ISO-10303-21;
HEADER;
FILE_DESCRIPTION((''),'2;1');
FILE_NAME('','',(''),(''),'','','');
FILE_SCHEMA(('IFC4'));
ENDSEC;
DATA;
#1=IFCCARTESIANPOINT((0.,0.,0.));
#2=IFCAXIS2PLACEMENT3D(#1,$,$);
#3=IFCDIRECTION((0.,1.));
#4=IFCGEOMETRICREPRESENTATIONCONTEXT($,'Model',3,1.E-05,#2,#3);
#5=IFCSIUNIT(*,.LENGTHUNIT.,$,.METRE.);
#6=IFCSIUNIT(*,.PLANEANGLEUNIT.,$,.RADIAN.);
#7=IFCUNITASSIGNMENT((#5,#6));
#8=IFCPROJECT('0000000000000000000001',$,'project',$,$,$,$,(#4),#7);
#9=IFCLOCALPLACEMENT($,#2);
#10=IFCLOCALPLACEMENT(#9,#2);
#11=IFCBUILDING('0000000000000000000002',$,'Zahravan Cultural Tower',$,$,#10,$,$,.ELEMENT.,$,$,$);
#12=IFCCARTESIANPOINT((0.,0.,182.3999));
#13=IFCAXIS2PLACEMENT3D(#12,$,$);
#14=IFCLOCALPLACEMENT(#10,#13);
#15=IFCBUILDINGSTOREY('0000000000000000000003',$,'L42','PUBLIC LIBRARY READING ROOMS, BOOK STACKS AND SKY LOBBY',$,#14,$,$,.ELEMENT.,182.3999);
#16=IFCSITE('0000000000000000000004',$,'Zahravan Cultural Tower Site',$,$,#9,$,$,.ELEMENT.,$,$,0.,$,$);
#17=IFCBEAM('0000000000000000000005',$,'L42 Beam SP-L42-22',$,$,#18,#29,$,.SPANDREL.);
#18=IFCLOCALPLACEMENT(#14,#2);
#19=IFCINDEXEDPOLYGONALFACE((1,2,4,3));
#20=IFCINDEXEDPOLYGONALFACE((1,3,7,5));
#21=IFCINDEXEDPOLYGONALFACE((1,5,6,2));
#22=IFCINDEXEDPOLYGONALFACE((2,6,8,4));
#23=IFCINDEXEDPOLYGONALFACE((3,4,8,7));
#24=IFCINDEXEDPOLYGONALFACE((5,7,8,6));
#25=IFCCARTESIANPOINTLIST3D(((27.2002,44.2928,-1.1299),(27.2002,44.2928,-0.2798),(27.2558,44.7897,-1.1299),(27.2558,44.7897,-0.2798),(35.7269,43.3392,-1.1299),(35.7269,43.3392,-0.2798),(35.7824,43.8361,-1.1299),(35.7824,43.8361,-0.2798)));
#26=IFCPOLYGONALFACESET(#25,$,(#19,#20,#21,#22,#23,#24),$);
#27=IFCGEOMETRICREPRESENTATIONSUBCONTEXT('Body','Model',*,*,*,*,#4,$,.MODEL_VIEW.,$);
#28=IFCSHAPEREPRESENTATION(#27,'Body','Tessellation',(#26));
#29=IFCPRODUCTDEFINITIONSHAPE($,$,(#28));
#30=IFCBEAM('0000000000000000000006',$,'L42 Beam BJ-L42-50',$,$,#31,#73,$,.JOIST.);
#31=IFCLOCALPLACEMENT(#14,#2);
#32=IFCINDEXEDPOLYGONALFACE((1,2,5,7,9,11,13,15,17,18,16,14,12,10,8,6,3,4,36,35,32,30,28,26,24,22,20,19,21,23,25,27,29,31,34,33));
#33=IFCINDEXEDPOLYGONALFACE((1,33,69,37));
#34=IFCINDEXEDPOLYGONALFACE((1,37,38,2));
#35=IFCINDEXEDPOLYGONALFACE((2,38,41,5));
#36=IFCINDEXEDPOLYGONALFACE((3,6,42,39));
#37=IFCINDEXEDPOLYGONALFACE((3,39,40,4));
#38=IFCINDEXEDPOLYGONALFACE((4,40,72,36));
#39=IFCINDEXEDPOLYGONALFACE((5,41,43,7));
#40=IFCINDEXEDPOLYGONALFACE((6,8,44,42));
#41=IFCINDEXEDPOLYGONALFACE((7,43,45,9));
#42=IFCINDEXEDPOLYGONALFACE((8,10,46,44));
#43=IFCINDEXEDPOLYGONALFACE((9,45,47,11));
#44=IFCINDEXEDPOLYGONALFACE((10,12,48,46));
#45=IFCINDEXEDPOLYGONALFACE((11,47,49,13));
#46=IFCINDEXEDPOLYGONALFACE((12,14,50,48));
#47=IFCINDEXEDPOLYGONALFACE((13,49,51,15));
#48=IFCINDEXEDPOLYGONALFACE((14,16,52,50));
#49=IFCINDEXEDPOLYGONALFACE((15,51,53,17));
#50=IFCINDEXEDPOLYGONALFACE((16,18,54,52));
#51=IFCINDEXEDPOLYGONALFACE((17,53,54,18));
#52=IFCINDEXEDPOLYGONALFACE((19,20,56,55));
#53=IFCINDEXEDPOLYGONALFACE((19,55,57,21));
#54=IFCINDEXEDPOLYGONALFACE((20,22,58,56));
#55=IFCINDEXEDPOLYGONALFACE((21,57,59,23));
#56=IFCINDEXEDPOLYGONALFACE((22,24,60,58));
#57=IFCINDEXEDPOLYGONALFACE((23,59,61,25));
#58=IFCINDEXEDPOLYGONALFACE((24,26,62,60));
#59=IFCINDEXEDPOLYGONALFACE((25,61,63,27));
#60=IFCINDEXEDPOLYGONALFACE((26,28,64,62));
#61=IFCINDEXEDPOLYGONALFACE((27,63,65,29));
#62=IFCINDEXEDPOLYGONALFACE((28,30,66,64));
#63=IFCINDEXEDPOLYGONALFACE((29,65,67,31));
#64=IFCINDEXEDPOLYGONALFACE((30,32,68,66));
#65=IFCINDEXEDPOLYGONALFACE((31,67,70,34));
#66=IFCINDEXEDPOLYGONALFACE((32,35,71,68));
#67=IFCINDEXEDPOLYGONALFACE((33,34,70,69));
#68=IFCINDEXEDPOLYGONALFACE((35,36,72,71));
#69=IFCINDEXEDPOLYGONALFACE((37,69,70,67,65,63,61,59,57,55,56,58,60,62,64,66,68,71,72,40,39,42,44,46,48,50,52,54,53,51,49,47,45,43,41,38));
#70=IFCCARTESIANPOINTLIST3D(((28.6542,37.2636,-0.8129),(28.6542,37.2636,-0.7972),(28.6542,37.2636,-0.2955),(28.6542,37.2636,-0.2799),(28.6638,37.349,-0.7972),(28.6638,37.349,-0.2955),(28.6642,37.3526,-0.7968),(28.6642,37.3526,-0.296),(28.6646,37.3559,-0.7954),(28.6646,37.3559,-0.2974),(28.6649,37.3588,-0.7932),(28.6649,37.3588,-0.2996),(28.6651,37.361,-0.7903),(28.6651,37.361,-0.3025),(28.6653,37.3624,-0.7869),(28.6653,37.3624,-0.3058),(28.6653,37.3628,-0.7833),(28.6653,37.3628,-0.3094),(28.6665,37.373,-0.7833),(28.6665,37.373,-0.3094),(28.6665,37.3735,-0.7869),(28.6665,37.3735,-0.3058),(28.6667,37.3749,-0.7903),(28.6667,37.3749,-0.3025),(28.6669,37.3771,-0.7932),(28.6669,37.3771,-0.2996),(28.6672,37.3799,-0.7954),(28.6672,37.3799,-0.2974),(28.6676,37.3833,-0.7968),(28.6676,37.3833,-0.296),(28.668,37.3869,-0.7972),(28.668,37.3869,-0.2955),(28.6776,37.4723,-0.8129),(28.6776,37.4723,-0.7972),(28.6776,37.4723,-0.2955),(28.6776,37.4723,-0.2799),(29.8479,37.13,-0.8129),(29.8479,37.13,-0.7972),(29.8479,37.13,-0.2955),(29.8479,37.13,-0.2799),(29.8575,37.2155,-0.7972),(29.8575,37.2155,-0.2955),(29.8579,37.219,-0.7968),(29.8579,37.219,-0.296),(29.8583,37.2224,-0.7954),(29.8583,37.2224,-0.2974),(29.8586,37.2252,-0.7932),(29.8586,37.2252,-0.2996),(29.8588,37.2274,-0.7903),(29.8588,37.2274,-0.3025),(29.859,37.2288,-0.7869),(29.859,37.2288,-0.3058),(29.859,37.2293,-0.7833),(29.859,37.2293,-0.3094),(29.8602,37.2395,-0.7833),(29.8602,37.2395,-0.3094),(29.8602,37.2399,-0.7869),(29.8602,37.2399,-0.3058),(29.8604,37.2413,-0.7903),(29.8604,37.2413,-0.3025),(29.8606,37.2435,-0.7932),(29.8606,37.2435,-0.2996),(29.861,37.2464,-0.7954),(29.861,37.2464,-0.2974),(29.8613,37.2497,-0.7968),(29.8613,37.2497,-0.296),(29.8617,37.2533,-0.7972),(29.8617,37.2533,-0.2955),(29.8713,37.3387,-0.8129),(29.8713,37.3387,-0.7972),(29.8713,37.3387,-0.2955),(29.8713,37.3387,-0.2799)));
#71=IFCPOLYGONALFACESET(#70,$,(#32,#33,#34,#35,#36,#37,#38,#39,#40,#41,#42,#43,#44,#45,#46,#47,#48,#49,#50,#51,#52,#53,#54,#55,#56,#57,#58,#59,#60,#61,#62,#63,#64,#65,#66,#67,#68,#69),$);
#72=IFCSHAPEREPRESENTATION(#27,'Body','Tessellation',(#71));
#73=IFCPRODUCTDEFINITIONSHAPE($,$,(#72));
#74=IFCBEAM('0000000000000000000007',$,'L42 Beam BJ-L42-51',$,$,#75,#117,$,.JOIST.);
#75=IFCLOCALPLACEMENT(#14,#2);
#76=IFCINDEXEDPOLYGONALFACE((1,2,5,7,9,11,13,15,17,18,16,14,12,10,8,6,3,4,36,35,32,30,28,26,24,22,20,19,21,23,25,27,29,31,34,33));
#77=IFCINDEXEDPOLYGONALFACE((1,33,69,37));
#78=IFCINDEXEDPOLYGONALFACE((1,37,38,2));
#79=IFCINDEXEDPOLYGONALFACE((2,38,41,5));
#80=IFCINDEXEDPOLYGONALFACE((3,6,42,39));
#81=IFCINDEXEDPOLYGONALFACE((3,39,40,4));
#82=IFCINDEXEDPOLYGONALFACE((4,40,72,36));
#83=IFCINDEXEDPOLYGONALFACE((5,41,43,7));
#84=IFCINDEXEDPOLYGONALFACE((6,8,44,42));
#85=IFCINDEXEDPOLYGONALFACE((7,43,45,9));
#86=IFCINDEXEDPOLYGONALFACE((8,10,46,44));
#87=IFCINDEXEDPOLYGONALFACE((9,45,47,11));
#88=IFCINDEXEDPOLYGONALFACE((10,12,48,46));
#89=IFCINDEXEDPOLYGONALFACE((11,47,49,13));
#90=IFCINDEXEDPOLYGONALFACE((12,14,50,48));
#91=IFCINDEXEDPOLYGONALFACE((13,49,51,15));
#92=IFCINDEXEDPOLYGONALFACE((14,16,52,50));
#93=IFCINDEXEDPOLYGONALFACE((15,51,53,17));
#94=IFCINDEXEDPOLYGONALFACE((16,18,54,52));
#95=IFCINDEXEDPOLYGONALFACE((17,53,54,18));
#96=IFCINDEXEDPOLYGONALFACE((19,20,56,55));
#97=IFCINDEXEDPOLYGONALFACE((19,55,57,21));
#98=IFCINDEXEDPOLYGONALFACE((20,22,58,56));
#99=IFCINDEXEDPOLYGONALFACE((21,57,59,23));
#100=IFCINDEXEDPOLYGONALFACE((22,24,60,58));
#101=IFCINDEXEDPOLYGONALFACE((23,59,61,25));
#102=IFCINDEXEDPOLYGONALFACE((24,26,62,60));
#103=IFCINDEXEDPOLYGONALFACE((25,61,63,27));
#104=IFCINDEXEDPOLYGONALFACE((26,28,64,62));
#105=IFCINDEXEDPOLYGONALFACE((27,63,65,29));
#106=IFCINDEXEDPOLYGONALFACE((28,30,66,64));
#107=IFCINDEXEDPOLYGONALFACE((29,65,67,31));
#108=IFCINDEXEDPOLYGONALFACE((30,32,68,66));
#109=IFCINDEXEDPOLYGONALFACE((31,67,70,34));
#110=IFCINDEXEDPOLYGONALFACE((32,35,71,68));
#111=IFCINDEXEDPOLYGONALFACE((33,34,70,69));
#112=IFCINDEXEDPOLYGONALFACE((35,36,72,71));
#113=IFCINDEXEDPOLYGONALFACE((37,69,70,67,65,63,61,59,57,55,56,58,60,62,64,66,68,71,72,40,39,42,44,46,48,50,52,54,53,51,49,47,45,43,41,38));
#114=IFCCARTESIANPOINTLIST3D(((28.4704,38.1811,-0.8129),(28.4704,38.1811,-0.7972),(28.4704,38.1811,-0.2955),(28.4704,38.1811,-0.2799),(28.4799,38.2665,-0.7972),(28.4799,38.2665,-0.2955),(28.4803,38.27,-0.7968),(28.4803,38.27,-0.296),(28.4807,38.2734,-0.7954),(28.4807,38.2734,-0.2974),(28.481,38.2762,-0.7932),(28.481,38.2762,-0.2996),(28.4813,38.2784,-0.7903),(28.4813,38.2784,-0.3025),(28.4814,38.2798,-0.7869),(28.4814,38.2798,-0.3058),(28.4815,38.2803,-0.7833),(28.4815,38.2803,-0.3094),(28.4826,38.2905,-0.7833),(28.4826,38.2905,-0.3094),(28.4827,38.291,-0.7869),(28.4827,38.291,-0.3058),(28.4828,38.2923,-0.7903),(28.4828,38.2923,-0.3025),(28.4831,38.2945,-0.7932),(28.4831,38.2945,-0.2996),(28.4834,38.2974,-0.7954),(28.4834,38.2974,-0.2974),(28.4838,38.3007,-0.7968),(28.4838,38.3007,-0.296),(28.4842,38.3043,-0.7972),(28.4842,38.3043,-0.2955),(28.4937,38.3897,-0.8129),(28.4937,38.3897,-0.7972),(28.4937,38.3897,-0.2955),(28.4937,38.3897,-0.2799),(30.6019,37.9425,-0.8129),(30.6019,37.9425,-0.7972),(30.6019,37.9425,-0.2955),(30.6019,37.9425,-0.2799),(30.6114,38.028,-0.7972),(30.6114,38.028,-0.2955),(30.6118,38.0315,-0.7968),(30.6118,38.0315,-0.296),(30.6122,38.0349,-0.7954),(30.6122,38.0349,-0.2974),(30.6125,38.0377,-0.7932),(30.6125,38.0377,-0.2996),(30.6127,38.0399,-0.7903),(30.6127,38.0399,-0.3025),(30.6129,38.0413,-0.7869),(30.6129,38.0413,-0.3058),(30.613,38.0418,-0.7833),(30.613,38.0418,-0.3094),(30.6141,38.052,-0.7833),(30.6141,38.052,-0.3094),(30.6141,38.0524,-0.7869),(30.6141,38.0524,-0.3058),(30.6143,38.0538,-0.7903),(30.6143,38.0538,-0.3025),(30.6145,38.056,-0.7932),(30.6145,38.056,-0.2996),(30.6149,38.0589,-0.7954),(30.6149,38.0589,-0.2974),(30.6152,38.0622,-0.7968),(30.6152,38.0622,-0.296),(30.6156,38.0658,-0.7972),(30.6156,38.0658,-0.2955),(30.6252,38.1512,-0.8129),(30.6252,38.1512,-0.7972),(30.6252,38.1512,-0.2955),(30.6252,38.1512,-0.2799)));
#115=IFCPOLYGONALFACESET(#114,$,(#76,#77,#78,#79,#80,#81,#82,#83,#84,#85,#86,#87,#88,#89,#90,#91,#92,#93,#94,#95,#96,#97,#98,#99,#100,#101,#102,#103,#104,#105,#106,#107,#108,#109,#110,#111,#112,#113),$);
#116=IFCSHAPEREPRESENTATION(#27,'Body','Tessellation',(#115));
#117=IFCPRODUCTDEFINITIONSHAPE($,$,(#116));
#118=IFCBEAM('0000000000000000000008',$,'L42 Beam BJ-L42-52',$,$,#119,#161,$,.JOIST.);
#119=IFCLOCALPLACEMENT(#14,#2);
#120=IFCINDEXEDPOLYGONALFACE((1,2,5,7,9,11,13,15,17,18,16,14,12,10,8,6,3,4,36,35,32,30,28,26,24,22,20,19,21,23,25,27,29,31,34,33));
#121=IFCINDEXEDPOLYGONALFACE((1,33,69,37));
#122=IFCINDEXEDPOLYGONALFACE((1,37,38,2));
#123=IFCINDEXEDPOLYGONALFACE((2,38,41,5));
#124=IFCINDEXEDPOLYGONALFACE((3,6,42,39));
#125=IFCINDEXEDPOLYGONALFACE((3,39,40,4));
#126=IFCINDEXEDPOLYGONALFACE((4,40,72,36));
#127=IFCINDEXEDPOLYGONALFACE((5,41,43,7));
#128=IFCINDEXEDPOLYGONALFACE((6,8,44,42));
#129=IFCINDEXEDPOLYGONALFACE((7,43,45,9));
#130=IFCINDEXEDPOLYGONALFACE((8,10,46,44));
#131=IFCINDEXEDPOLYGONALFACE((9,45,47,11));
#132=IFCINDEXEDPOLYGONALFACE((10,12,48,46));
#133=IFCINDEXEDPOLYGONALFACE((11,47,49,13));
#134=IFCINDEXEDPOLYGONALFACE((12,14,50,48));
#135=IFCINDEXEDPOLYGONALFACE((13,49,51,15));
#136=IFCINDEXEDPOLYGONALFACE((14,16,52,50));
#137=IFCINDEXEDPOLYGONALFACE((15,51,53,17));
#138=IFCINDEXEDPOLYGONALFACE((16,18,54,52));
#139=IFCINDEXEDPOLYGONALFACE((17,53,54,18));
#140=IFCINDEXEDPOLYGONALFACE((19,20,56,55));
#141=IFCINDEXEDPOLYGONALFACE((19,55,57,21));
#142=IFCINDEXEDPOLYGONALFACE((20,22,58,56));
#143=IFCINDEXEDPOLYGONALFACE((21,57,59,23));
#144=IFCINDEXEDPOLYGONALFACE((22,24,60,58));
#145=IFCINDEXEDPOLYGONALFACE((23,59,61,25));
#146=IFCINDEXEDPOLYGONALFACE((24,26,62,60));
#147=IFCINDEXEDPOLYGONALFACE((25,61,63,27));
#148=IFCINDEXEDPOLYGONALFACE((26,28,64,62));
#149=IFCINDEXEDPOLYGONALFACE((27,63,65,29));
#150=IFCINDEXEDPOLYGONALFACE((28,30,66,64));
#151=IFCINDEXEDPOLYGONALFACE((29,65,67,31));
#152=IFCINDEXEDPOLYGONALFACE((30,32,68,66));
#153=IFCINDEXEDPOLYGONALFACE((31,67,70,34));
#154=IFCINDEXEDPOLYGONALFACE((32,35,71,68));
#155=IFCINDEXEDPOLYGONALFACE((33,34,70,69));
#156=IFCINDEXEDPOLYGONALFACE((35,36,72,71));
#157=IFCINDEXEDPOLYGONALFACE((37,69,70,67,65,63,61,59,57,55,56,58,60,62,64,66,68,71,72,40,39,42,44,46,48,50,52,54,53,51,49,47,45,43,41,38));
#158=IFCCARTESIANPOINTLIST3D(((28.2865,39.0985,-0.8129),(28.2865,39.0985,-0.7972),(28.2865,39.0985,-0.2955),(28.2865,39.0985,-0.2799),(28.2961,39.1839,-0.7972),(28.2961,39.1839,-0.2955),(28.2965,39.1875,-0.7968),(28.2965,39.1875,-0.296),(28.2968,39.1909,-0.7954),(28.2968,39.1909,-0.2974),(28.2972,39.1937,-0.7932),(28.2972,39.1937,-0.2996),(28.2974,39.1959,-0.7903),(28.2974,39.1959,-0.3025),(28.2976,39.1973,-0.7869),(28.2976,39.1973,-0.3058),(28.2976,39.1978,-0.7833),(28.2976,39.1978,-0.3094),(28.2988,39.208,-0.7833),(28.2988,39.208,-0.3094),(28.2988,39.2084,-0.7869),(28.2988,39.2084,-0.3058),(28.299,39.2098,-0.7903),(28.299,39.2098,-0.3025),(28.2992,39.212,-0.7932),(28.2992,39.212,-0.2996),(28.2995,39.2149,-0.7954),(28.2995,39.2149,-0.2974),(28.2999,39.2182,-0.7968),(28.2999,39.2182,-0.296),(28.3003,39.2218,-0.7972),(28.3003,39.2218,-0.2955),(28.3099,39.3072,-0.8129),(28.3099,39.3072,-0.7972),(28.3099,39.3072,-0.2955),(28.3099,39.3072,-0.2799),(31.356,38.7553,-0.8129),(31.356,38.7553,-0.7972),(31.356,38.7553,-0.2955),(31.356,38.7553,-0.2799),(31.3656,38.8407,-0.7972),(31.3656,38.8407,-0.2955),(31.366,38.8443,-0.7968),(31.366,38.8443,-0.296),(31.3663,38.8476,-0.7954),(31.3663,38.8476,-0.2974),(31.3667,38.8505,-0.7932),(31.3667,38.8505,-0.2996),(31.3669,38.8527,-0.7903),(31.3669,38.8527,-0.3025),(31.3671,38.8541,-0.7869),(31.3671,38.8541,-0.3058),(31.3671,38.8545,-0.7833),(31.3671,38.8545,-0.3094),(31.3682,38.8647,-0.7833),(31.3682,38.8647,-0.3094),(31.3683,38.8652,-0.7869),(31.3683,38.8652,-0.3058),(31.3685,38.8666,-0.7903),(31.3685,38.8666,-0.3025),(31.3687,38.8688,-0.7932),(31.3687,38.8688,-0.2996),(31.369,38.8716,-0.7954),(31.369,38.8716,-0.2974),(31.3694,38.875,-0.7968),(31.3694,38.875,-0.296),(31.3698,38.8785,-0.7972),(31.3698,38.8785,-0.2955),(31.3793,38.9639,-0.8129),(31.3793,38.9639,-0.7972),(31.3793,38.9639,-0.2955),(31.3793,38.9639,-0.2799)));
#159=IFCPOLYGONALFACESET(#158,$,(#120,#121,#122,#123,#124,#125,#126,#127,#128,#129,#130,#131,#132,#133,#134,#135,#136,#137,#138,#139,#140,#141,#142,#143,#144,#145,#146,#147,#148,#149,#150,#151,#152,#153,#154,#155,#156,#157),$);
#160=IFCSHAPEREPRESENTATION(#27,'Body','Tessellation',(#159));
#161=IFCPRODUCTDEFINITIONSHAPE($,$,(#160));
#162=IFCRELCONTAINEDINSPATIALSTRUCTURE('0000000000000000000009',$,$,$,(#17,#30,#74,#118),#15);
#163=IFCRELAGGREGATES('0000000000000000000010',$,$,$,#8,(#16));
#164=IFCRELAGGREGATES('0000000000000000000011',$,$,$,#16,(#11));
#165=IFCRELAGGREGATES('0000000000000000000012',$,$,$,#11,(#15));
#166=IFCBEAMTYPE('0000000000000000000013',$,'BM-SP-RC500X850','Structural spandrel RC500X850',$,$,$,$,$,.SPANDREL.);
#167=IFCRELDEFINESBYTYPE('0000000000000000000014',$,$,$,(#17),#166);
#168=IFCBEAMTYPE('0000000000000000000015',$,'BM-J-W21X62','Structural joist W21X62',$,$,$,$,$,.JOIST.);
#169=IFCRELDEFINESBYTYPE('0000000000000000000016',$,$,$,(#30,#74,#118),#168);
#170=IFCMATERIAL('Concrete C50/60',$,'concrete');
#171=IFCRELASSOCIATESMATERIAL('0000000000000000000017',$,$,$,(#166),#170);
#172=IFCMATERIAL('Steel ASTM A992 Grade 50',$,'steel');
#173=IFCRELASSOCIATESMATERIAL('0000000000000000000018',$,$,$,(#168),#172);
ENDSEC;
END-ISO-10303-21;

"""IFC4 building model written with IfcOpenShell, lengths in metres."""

from ifc_helpers import new_model, si_unit, direction, frame, origin, origin_2d, place, context, subcontext, project, spatial, rectangle, i_section, extrude, source, transform, mapped, material, material_profile, profile_set, type_object, element, save


model = new_model("IFC4")

# Units and contexts
model_context = context("Model", 3, precision=1e-05, world=origin(), true_north=direction((0.0, 1.0)))
body_context = subcontext(model_context, "Body", "Model", "MODEL_VIEW")
ifc_project = project(units=[si_unit("LENGTHUNIT", "METRE"), si_unit("PLANEANGLEUNIT", "RADIAN")], contexts=[model_context])

# Site, building, storey
site_placement = place(None, origin())
site = spatial("IfcSite", under=ifc_project, at=site_placement, Name="Zahravan Cultural Tower Site", CompositionType="ELEMENT", RefElevation=0.0)
building_placement = place(site_placement, origin())
building = spatial("IfcBuilding", under=site, at=building_placement, Name="Zahravan Cultural Tower", CompositionType="ELEMENT")
storey_placement = place(building_placement, frame((0.0, 0.0, 182.3999)))
storey = spatial("IfcBuildingStorey", under=building, at=storey_placement, Name="L42", Description="PUBLIC LIBRARY READING ROOMS, BOOK STACKS AND SKY LOBBY", CompositionType="ELEMENT", Elevation=182.3999)

# Shared definitions
ifc_material_1 = material(Name="Steel ASTM A992 Grade 50", Category="steel")

# Beams
ifc_material_2 = material(Name="Concrete C50/60", Category="concrete")
ifc_material_profile_1 = material_profile(ifc_material_2, rectangle(XDim=0.5, YDim=0.8501, at=origin_2d()), Name="RC500X850")
ifc_profile_set_1 = profile_set([ifc_material_profile_1], Name="Concrete C50/60")
beam_type_1 = type_object("IfcBeamType", Name="BM-SP-RC500X850", Description="Structural spandrel RC500X850", PredefinedType="SPANDREL", material=ifc_profile_set_1)
shared_shape_1 = source(origin(), body_context, "Body", "SweptSolid", [
    extrude(rectangle(XDim=0.5, YDim=0.8501, at=origin_2d()), origin(), (0.0, 0.0, 1.0), 8.5798),
])
beam_1_placement = place(storey_placement, frame((35.7546, 43.5876, -0.7048), z_axis=(-0.993804, 0.111147, 0.0), x_axis=(-0.111147, -0.993804, 0.0)))
element("IfcBeam", 1, at=beam_1_placement, inside=storey, type_object=beam_type_1, Name="L42 Beam SP-L42-22", PredefinedType="SPANDREL", context=body_context, shape_type="MappedRepresentation", body=[
    mapped(shared_shape_1, transform((0.0, 0.0, 0.0), x_axis=(1.0, 0.0, 0.0), y_axis=(0.0, 1.0, 0.0), z_axis=(0.0, 0.0, 1.0), scale=1.0)),
])
ifc_material_profile_2 = material_profile(ifc_material_1, i_section(OverallWidth=0.21, OverallDepth=0.533, WebThickness=0.0103, FlangeThickness=0.0156, FilletRadius=0.0139, at=origin_2d()), Name="W21X62")
ifc_profile_set_2 = profile_set([ifc_material_profile_2], Name="Steel ASTM A992 Grade 50")
beam_type_2 = type_object("IfcBeamType", Name="BM-J-W21X62", Description="Structural joist W21X62", PredefinedType="JOIST", material=ifc_profile_set_2)
shared_shape_2 = source(origin(), body_context, "Body", "SweptSolid", [
    extrude(i_section(OverallWidth=0.21, OverallDepth=0.533, WebThickness=0.0103, FlangeThickness=0.0156, FilletRadius=0.0139, at=origin_2d()), origin(), (0.0, 0.0, 1.0), 1.2012),
])
beam_2_placement = place(storey_placement, frame((29.8596, 37.2344, -0.5464), z_axis=(-0.993799, 0.11119, 0.0), x_axis=(-0.11119, -0.993799, 0.0)))
element("IfcBeam", 2, at=beam_2_placement, inside=storey, type_object=beam_type_2, Name="L42 Beam BJ-L42-50", PredefinedType="JOIST", context=body_context, shape_type="MappedRepresentation", body=[
    mapped(shared_shape_2, transform((0.0, 0.0, 0.0), x_axis=(1.0, 0.0, 0.0), y_axis=(0.0, 1.0, 0.0), z_axis=(0.0, 0.0, 1.0), scale=1.0)),
])
shared_shape_3 = source(origin(), body_context, "Body", "SweptSolid", [
    extrude(i_section(OverallWidth=0.21, OverallDepth=0.533, WebThickness=0.0103, FlangeThickness=0.0156, FilletRadius=0.0139, at=origin_2d()), origin(), (0.0, 0.0, 1.0), 2.1448),
])
beam_3_placement = place(storey_placement, frame((30.6135, 38.0469, -0.5464), z_axis=(-0.993797, 0.111206, 0.0), x_axis=(-0.111206, -0.993797, 0.0)))
element("IfcBeam", 3, at=beam_3_placement, inside=storey, type_object=beam_type_2, Name="L42 Beam BJ-L42-51", PredefinedType="JOIST", context=body_context, shape_type="MappedRepresentation", body=[
    mapped(shared_shape_3, transform((0.0, 0.0, 0.0), x_axis=(1.0, 0.0, 0.0), y_axis=(0.0, 1.0, 0.0), z_axis=(0.0, 0.0, 1.0), scale=1.0)),
])
shared_shape_4 = source(origin(), body_context, "Body", "SweptSolid", [
    extrude(i_section(OverallWidth=0.21, OverallDepth=0.533, WebThickness=0.0103, FlangeThickness=0.0156, FilletRadius=0.0139, at=origin_2d()), origin(), (0.0, 0.0, 1.0), 3.0886),
])
beam_4_placement = place(storey_placement, frame((31.3677, 38.8596, -0.5464), z_axis=(-0.993805, 0.111134, 0.0), x_axis=(-0.111134, -0.993805, 0.0)))
element("IfcBeam", 4, at=beam_4_placement, inside=storey, type_object=beam_type_2, Name="L42 Beam BJ-L42-52", PredefinedType="JOIST", context=body_context, shape_type="MappedRepresentation", body=[
    mapped(shared_shape_4, transform((0.0, 0.0, 0.0), x_axis=(1.0, 0.0, 0.0), y_axis=(0.0, 1.0, 0.0), z_axis=(0.0, 0.0, 1.0), scale=1.0)),
])

save(model, "model.ifc")
